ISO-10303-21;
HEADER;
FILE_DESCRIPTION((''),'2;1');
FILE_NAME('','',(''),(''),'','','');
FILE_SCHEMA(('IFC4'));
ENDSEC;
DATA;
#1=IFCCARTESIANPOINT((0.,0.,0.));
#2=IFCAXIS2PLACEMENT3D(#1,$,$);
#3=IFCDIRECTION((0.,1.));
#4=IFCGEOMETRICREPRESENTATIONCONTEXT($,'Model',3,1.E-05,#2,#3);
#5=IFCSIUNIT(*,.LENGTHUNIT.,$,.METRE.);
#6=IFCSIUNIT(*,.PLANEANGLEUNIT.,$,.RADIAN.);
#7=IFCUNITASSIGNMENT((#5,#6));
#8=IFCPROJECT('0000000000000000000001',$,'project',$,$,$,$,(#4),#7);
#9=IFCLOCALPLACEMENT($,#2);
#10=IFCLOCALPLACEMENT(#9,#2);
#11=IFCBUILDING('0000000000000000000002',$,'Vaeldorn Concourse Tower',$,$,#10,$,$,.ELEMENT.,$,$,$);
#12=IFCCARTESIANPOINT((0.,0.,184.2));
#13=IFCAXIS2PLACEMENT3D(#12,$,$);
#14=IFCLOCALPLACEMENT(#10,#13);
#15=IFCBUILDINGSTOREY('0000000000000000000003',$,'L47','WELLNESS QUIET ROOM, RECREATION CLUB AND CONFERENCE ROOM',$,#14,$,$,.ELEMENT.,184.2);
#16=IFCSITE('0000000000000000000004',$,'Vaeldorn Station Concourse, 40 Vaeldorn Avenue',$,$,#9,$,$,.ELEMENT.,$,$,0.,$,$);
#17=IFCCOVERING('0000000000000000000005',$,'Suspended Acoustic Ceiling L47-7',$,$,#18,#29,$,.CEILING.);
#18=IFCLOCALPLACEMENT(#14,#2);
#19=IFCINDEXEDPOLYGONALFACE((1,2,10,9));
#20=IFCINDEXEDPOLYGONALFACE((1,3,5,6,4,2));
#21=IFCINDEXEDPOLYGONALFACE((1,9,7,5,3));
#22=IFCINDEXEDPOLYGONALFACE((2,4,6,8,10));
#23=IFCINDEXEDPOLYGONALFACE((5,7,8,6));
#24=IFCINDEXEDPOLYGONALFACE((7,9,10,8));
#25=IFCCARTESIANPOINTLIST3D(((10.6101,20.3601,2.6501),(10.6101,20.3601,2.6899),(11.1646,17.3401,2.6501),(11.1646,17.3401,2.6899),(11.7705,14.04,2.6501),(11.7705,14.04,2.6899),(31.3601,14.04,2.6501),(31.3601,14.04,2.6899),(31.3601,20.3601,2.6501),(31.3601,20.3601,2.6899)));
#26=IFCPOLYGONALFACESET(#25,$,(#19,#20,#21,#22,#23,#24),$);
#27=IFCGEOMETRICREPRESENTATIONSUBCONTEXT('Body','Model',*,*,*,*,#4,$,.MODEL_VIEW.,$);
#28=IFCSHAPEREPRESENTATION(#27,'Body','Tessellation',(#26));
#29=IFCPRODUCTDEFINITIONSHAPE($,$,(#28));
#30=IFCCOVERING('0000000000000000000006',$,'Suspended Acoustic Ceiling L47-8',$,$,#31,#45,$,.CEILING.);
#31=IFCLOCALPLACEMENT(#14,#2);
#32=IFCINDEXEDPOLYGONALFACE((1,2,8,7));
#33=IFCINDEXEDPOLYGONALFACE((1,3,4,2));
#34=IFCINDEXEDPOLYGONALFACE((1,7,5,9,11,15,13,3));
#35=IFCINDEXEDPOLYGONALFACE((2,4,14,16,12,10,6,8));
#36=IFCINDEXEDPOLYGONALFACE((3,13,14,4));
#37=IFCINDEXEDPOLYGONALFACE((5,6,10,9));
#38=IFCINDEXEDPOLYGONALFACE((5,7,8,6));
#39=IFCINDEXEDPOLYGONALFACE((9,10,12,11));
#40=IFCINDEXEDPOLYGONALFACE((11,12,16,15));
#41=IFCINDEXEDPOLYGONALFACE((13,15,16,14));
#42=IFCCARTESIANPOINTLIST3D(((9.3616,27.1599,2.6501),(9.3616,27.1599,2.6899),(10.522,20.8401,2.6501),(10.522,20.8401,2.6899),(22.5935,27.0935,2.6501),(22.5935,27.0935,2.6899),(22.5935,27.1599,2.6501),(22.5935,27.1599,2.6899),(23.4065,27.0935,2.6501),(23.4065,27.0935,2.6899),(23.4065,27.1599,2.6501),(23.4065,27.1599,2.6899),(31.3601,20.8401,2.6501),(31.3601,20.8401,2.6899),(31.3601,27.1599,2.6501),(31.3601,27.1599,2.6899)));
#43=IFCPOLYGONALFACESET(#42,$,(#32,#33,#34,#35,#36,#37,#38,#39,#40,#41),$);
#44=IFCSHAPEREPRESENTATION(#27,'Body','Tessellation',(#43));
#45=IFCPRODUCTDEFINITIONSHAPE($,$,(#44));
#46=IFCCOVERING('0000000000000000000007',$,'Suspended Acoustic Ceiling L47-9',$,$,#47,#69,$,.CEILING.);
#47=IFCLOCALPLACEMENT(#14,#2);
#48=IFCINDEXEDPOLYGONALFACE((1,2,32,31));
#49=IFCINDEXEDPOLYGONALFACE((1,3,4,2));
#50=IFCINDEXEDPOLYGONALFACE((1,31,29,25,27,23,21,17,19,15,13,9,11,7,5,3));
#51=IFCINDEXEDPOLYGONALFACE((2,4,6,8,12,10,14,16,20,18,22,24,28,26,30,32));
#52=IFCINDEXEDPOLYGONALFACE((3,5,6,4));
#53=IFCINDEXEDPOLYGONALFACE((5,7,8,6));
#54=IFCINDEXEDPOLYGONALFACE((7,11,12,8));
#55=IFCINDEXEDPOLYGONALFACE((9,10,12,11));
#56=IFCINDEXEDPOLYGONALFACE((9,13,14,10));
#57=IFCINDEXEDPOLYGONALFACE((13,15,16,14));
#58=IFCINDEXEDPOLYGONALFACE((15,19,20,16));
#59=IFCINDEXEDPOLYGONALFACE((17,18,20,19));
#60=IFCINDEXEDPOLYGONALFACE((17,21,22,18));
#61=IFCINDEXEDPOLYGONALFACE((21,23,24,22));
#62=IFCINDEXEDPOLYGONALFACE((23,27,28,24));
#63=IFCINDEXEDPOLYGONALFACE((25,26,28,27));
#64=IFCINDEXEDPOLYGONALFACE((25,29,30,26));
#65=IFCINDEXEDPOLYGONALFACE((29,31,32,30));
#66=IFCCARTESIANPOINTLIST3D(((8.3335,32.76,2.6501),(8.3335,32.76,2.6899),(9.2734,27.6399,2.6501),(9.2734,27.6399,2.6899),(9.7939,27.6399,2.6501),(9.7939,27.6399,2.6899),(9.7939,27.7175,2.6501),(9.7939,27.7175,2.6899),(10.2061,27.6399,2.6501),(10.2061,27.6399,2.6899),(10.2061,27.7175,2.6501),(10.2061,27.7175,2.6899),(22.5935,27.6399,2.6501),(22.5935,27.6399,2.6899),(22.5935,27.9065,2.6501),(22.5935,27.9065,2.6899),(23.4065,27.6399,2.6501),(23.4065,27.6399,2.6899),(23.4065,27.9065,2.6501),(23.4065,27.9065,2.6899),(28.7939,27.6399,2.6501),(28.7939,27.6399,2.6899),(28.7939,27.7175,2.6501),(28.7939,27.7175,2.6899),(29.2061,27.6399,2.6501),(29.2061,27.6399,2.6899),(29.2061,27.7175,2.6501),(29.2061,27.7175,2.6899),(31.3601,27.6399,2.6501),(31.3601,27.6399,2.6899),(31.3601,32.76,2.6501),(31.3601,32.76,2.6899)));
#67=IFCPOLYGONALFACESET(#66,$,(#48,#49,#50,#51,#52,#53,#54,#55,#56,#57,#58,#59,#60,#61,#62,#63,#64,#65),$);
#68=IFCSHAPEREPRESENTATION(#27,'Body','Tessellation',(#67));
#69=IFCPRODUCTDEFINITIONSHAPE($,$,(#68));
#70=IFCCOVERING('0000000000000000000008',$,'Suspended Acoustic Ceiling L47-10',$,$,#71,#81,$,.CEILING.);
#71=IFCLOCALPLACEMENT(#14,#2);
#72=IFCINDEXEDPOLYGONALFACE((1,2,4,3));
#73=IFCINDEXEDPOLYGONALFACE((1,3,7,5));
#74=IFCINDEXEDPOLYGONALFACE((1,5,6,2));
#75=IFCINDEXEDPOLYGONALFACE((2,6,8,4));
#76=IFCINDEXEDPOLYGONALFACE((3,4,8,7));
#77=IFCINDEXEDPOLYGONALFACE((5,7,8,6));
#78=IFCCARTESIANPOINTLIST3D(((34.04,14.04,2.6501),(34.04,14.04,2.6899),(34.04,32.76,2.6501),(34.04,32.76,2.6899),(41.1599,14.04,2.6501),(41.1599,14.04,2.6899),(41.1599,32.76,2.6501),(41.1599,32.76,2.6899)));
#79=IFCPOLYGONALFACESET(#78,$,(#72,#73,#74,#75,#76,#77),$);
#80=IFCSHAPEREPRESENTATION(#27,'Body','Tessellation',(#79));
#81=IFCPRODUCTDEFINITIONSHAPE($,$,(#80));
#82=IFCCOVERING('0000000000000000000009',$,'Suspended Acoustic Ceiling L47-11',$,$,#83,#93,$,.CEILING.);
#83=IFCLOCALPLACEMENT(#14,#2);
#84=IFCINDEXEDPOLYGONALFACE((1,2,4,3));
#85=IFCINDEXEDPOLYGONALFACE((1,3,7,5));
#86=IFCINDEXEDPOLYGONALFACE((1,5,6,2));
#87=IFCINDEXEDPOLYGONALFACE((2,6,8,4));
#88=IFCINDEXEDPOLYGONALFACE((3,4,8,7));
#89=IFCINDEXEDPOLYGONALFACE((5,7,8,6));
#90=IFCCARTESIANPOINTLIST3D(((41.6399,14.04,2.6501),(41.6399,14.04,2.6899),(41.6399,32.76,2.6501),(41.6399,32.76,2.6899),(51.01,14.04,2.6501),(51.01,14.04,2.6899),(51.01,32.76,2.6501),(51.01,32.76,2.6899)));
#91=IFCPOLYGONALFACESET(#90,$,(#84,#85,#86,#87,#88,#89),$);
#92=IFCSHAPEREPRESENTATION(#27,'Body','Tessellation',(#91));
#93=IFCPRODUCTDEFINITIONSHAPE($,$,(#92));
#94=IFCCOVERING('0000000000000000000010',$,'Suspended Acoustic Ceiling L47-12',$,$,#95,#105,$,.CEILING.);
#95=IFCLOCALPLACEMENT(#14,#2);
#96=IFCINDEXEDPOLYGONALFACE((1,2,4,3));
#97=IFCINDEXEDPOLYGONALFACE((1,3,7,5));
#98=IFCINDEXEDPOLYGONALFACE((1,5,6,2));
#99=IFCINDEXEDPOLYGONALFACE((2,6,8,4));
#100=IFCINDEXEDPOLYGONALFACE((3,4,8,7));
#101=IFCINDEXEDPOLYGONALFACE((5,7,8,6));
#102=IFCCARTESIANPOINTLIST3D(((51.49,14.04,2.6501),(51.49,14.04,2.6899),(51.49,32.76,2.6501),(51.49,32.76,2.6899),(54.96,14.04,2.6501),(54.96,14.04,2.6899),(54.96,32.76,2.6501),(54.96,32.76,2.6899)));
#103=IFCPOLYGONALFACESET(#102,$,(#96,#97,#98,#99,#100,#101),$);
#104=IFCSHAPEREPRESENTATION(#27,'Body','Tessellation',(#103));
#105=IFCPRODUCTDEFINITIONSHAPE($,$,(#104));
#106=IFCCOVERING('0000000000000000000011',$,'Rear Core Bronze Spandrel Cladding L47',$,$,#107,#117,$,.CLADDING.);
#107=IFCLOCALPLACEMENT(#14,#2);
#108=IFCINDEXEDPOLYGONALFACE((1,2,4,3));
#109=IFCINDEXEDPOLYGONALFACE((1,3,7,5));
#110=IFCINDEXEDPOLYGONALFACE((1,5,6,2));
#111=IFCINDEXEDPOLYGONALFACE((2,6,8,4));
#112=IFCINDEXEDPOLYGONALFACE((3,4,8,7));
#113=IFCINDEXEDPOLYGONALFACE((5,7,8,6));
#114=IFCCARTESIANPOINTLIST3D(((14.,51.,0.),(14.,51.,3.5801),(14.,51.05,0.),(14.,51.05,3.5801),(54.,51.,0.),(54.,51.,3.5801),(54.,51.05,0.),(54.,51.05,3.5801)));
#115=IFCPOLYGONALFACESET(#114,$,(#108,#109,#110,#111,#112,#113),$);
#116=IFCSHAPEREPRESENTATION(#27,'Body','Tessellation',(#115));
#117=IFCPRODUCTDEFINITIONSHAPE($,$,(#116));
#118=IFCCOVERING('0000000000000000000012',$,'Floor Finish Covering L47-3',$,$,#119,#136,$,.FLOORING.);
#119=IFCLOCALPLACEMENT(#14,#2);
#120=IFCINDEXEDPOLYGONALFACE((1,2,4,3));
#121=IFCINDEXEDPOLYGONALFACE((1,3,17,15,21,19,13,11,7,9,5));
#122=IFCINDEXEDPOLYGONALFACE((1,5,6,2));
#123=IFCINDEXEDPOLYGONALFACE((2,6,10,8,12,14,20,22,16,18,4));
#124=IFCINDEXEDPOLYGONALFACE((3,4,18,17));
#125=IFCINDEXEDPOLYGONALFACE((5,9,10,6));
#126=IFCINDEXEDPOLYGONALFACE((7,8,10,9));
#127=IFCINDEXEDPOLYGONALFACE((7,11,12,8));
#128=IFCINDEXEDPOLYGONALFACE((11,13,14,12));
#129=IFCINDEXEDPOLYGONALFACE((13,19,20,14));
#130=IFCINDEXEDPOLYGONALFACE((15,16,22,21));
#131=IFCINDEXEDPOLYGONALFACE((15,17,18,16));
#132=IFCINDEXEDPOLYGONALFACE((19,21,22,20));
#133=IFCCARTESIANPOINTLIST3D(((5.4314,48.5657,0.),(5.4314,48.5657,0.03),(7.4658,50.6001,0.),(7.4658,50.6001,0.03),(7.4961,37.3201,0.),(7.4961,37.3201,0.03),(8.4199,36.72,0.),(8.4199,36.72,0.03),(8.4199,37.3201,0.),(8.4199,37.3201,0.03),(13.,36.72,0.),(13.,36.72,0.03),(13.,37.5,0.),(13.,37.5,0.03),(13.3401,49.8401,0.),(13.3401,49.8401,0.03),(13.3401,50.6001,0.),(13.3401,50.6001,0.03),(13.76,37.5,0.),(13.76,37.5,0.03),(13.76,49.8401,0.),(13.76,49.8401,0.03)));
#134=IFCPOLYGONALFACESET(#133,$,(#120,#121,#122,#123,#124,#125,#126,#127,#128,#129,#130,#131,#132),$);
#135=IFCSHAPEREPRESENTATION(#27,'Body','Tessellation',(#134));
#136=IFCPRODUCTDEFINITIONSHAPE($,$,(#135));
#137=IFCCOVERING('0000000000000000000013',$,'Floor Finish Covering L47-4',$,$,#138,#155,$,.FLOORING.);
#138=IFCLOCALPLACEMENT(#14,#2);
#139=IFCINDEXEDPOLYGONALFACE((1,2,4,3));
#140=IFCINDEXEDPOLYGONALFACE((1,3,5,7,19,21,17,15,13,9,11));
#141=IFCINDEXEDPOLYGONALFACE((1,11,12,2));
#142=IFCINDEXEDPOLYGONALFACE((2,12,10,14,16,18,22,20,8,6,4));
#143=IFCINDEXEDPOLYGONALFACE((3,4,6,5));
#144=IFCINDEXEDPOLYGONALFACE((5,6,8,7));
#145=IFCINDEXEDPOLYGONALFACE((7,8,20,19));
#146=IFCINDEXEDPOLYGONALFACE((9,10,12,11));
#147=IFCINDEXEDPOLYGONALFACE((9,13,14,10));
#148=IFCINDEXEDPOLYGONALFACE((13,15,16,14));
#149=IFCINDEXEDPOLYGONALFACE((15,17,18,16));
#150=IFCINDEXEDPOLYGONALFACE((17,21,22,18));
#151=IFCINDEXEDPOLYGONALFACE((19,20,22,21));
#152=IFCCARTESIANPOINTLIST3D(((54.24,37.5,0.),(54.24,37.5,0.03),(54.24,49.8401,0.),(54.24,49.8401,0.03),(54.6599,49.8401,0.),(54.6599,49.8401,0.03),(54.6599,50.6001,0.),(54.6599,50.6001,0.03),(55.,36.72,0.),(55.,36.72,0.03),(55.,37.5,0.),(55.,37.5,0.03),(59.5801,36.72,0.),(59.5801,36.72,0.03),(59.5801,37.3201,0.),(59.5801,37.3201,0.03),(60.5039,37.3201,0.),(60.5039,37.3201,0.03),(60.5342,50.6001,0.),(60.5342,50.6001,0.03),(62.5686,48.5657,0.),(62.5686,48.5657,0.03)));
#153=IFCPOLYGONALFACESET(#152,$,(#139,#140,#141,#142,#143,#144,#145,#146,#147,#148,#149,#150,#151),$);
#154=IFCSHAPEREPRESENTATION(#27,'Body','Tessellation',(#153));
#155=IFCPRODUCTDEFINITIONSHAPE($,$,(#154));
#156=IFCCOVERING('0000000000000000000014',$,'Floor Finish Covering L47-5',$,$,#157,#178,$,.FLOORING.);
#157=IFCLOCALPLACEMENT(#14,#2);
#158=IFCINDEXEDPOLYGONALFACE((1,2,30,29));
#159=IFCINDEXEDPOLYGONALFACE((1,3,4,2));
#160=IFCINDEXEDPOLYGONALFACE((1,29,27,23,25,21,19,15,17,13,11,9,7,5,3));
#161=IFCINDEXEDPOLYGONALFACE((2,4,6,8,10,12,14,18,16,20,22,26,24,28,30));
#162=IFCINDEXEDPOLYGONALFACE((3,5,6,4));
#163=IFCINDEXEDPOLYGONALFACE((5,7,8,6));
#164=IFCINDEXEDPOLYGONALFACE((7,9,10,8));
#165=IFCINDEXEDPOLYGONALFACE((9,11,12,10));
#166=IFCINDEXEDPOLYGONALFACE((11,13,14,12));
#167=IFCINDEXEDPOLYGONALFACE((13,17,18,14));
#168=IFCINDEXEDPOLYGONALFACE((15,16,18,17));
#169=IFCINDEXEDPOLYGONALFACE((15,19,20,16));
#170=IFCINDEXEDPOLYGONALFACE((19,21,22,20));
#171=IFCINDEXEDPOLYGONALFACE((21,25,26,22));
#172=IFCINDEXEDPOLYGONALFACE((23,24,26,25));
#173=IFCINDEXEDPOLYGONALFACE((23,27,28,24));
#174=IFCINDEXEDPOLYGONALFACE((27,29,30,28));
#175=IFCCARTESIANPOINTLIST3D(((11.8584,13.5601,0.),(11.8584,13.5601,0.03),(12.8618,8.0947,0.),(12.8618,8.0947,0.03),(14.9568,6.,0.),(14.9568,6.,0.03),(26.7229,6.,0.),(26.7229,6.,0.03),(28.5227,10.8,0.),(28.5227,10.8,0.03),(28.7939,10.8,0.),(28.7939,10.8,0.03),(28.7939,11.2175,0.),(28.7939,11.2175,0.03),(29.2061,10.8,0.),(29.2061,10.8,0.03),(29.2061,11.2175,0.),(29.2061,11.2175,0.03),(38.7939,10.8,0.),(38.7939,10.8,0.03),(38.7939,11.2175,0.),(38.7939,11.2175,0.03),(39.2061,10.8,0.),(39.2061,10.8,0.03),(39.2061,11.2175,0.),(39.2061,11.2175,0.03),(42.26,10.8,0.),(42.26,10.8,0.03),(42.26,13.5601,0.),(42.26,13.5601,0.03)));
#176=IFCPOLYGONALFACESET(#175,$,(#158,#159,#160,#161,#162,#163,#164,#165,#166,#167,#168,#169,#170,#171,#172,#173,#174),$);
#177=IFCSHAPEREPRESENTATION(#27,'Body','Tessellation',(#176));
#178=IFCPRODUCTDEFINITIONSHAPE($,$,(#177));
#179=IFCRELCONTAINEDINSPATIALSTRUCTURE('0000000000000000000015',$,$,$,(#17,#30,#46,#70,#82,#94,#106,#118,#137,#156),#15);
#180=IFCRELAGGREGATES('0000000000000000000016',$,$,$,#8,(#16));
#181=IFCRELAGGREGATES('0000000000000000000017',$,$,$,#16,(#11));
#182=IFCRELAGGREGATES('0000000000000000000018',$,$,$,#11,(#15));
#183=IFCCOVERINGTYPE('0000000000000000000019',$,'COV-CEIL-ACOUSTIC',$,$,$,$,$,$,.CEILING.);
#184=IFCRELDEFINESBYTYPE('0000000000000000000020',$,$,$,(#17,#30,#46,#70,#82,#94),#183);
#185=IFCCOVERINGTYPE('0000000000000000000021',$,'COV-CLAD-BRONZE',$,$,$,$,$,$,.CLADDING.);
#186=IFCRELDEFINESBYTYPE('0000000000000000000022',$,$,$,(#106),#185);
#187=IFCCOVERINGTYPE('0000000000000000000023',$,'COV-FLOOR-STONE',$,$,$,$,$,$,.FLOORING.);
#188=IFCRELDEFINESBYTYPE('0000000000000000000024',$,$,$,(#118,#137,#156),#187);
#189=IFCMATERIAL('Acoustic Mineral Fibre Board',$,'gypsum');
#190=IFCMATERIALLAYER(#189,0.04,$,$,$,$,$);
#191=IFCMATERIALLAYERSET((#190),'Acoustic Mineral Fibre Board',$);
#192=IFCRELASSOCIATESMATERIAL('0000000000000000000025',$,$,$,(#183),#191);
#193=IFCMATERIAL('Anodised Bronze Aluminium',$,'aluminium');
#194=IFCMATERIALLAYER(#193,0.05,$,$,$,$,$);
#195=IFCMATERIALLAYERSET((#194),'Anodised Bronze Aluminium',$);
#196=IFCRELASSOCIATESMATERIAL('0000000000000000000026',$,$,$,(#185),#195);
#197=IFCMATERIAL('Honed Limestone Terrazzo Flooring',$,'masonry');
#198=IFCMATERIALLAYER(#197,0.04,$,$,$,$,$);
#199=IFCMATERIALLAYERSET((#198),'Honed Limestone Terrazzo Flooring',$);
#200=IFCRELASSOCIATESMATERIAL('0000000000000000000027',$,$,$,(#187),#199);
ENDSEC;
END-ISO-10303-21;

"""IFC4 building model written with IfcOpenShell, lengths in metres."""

from ifc_helpers import new_model, si_unit, direction, frame, origin, place, context, subcontext, project, spatial, polyline, outline, extrude, material, layer, layer_set, type_object, element, save


model = new_model("IFC4")

# Units and contexts
model_context = context("Model", 3, precision=1e-05, world=origin(), true_north=direction((0.0, 1.0)))
body_context = subcontext(model_context, "Body", "Model", "MODEL_VIEW")
ifc_project = project(units=[si_unit("LENGTHUNIT", "METRE"), si_unit("PLANEANGLEUNIT", "RADIAN")], contexts=[model_context])

# Site, building, storey
site_placement = place(None, origin())
site = spatial("IfcSite", under=ifc_project, at=site_placement, Name="Vaeldorn Station Concourse, 40 Vaeldorn Avenue", CompositionType="ELEMENT", RefElevation=0.0)
building_placement = place(site_placement, origin())
building = spatial("IfcBuilding", under=site, at=building_placement, Name="Vaeldorn Concourse Tower", CompositionType="ELEMENT")
storey_placement = place(building_placement, frame((0.0, 0.0, 184.2)))
storey = spatial("IfcBuildingStorey", under=building, at=storey_placement, Name="L47", Description="WELLNESS QUIET ROOM, RECREATION CLUB AND CONFERENCE ROOM", CompositionType="ELEMENT", Elevation=184.2)

# Coverings
ifc_material_1 = material(Name="Acoustic Mineral Fibre Board", Category="gypsum")
ifc_layer_1 = layer(ifc_material_1, 0.04)
ifc_layer_set_1 = layer_set([ifc_layer_1], Name="Acoustic Mineral Fibre Board")
covering_type_1 = type_object("IfcCoveringType", Name="COV-CEIL-ACOUSTIC", PredefinedType="CEILING", material=ifc_layer_set_1)
covering_1_placement = place(storey_placement, frame((0.0, 0.0, 2.6501)))
element("IfcCovering", 1, at=covering_1_placement, inside=storey, type_object=covering_type_1, Name="Suspended Acoustic Ceiling L47-7", PredefinedType="CEILING", context=body_context, shape_type="SweptSolid", body=[
    extrude(outline(polyline([(31.3601, 20.3601), (31.3601, 14.04), (11.7705, 14.04), (11.1646, 17.3401), (11.1646, 17.3401), (10.6101, 20.3601), (31.3601, 20.3601)])), origin(), (0.0, 0.0, 1.0), 0.0398),
])
covering_2_placement = place(storey_placement, frame((0.0, 0.0, 2.6501)))
element("IfcCovering", 2, at=covering_2_placement, inside=storey, type_object=covering_type_1, Name="Suspended Acoustic Ceiling L47-8", PredefinedType="CEILING", context=body_context, shape_type="SweptSolid", body=[
    extrude(outline(polyline([(22.5935, 27.1599), (22.5935, 27.0935), (23.4065, 27.0935), (23.4065, 27.1599), (31.3601, 27.1599), (31.3601, 20.8401), (10.522, 20.8401), (9.3616, 27.1599), (22.5935, 27.1599)])), origin(), (0.0, 0.0, 1.0), 0.0398),
])
covering_3_placement = place(storey_placement, frame((0.0, 0.0, 2.6501)))
element("IfcCovering", 3, at=covering_3_placement, inside=storey, type_object=covering_type_1, Name="Suspended Acoustic Ceiling L47-9", PredefinedType="CEILING", context=body_context, shape_type="SweptSolid", body=[
    extrude(outline(polyline([(31.3601, 32.76), (31.3601, 27.6399), (29.2061, 27.6399), (29.2061, 27.7175), (28.7939, 27.7175), (28.7939, 27.6399), (23.4065, 27.6399), (23.4065, 27.9065), (22.5935, 27.9065), (22.5935, 27.6399), (10.2061, 27.6399), (10.2061, 27.7175), (9.7939, 27.7175), (9.7939, 27.6399), (9.2734, 27.6399), (8.3335, 32.76), (31.3601, 32.76)])), origin(), (0.0, 0.0, 1.0), 0.0398),
])
covering_4_placement = place(storey_placement, frame((0.0, 0.0, 2.6501)))
element("IfcCovering", 4, at=covering_4_placement, inside=storey, type_object=covering_type_1, Name="Suspended Acoustic Ceiling L47-10", PredefinedType="CEILING", context=body_context, shape_type="SweptSolid", body=[
    extrude(outline(polyline([(34.04, 32.76), (41.1599, 32.76), (41.1599, 14.04), (34.04, 14.04), (34.04, 32.76)])), origin(), (0.0, 0.0, 1.0), 0.0398),
])
covering_5_placement = place(storey_placement, frame((0.0, 0.0, 2.6501)))
element("IfcCovering", 5, at=covering_5_placement, inside=storey, type_object=covering_type_1, Name="Suspended Acoustic Ceiling L47-11", PredefinedType="CEILING", context=body_context, shape_type="SweptSolid", body=[
    extrude(outline(polyline([(41.6399, 32.76), (51.01, 32.76), (51.01, 14.04), (41.6399, 14.04), (41.6399, 32.76)])), origin(), (0.0, 0.0, 1.0), 0.0398),
])
covering_6_placement = place(storey_placement, frame((0.0, 0.0, 2.6501)))
element("IfcCovering", 6, at=covering_6_placement, inside=storey, type_object=covering_type_1, Name="Suspended Acoustic Ceiling L47-12", PredefinedType="CEILING", context=body_context, shape_type="SweptSolid", body=[
    extrude(outline(polyline([(51.49, 32.76), (54.96, 32.76), (54.96, 14.04), (51.49, 14.04), (51.49, 32.76)])), origin(), (0.0, 0.0, 1.0), 0.0398),
])
ifc_material_2 = material(Name="Anodised Bronze Aluminium", Category="aluminium")
ifc_layer_2 = layer(ifc_material_2, 0.05)
ifc_layer_set_2 = layer_set([ifc_layer_2], Name="Anodised Bronze Aluminium")
covering_type_2 = type_object("IfcCoveringType", Name="COV-CLAD-BRONZE", PredefinedType="CLADDING", material=ifc_layer_set_2)
covering_7_placement = place(storey_placement, origin())
element("IfcCovering", 7, at=covering_7_placement, inside=storey, type_object=covering_type_2, Name="Rear Core Bronze Spandrel Cladding L47", PredefinedType="CLADDING", context=body_context, shape_type="SweptSolid", body=[
    extrude(outline(polyline([(14.0, 51.0), (54.0, 51.0), (54.0, 51.05), (14.0, 51.05), (14.0, 51.0)])), origin(), (0.0, 0.0, 1.0), 3.5801),
])
ifc_material_3 = material(Name="Honed Limestone Terrazzo Flooring", Category="masonry")
ifc_layer_3 = layer(ifc_material_3, 0.04)
ifc_layer_set_3 = layer_set([ifc_layer_3], Name="Honed Limestone Terrazzo Flooring")
covering_type_3 = type_object("IfcCoveringType", Name="COV-FLOOR-STONE", PredefinedType="FLOORING", material=ifc_layer_set_3)
covering_8_placement = place(storey_placement, origin())
element("IfcCovering", 8, at=covering_8_placement, inside=storey, type_object=covering_type_3, Name="Floor Finish Covering L47-3", PredefinedType="FLOORING", context=body_context, shape_type="SweptSolid", body=[
    extrude(outline(polyline([(7.4658, 50.6001), (13.3401, 50.6001), (13.3401, 49.8401), (13.76, 49.8401), (13.76, 37.5), (13.0, 37.5), (13.0, 36.72), (8.4199, 36.72), (8.4199, 37.3201), (7.4961, 37.3201), (5.4314, 48.5657), (7.4658, 50.6001)])), origin(), (0.0, 0.0, 1.0), 0.03),
])
covering_9_placement = place(storey_placement, origin())
element("IfcCovering", 9, at=covering_9_placement, inside=storey, type_object=covering_type_3, Name="Floor Finish Covering L47-4", PredefinedType="FLOORING", context=body_context, shape_type="SweptSolid", body=[
    extrude(outline(polyline([(54.6599, 49.8401), (54.6599, 50.6001), (60.5342, 50.6001), (62.5686, 48.5657), (60.5039, 37.3201), (59.5801, 37.3201), (59.5801, 36.72), (55.0, 36.72), (55.0, 37.5), (54.24, 37.5), (54.24, 49.8401), (54.6599, 49.8401)])), origin(), (0.0, 0.0, 1.0), 0.03),
])
covering_10_placement = place(storey_placement, origin())
element("IfcCovering", 10, at=covering_10_placement, inside=storey, type_object=covering_type_3, Name="Floor Finish Covering L47-5", PredefinedType="FLOORING", context=body_context, shape_type="SweptSolid", body=[
    extrude(outline(polyline([(42.26, 13.5601), (42.26, 10.8), (39.2061, 10.8), (39.2061, 11.2175), (38.7939, 11.2175), (38.7939, 10.8), (29.2061, 10.8), (29.2061, 11.2175), (28.7939, 11.2175), (28.7939, 10.8), (28.5227, 10.8), (26.7229, 6.0), (14.9568, 6.0), (12.8618, 8.0947), (11.8584, 13.5601), (42.26, 13.5601)])), origin(), (0.0, 0.0, 1.0), 0.03),
])

save(model, "model.ifc")
